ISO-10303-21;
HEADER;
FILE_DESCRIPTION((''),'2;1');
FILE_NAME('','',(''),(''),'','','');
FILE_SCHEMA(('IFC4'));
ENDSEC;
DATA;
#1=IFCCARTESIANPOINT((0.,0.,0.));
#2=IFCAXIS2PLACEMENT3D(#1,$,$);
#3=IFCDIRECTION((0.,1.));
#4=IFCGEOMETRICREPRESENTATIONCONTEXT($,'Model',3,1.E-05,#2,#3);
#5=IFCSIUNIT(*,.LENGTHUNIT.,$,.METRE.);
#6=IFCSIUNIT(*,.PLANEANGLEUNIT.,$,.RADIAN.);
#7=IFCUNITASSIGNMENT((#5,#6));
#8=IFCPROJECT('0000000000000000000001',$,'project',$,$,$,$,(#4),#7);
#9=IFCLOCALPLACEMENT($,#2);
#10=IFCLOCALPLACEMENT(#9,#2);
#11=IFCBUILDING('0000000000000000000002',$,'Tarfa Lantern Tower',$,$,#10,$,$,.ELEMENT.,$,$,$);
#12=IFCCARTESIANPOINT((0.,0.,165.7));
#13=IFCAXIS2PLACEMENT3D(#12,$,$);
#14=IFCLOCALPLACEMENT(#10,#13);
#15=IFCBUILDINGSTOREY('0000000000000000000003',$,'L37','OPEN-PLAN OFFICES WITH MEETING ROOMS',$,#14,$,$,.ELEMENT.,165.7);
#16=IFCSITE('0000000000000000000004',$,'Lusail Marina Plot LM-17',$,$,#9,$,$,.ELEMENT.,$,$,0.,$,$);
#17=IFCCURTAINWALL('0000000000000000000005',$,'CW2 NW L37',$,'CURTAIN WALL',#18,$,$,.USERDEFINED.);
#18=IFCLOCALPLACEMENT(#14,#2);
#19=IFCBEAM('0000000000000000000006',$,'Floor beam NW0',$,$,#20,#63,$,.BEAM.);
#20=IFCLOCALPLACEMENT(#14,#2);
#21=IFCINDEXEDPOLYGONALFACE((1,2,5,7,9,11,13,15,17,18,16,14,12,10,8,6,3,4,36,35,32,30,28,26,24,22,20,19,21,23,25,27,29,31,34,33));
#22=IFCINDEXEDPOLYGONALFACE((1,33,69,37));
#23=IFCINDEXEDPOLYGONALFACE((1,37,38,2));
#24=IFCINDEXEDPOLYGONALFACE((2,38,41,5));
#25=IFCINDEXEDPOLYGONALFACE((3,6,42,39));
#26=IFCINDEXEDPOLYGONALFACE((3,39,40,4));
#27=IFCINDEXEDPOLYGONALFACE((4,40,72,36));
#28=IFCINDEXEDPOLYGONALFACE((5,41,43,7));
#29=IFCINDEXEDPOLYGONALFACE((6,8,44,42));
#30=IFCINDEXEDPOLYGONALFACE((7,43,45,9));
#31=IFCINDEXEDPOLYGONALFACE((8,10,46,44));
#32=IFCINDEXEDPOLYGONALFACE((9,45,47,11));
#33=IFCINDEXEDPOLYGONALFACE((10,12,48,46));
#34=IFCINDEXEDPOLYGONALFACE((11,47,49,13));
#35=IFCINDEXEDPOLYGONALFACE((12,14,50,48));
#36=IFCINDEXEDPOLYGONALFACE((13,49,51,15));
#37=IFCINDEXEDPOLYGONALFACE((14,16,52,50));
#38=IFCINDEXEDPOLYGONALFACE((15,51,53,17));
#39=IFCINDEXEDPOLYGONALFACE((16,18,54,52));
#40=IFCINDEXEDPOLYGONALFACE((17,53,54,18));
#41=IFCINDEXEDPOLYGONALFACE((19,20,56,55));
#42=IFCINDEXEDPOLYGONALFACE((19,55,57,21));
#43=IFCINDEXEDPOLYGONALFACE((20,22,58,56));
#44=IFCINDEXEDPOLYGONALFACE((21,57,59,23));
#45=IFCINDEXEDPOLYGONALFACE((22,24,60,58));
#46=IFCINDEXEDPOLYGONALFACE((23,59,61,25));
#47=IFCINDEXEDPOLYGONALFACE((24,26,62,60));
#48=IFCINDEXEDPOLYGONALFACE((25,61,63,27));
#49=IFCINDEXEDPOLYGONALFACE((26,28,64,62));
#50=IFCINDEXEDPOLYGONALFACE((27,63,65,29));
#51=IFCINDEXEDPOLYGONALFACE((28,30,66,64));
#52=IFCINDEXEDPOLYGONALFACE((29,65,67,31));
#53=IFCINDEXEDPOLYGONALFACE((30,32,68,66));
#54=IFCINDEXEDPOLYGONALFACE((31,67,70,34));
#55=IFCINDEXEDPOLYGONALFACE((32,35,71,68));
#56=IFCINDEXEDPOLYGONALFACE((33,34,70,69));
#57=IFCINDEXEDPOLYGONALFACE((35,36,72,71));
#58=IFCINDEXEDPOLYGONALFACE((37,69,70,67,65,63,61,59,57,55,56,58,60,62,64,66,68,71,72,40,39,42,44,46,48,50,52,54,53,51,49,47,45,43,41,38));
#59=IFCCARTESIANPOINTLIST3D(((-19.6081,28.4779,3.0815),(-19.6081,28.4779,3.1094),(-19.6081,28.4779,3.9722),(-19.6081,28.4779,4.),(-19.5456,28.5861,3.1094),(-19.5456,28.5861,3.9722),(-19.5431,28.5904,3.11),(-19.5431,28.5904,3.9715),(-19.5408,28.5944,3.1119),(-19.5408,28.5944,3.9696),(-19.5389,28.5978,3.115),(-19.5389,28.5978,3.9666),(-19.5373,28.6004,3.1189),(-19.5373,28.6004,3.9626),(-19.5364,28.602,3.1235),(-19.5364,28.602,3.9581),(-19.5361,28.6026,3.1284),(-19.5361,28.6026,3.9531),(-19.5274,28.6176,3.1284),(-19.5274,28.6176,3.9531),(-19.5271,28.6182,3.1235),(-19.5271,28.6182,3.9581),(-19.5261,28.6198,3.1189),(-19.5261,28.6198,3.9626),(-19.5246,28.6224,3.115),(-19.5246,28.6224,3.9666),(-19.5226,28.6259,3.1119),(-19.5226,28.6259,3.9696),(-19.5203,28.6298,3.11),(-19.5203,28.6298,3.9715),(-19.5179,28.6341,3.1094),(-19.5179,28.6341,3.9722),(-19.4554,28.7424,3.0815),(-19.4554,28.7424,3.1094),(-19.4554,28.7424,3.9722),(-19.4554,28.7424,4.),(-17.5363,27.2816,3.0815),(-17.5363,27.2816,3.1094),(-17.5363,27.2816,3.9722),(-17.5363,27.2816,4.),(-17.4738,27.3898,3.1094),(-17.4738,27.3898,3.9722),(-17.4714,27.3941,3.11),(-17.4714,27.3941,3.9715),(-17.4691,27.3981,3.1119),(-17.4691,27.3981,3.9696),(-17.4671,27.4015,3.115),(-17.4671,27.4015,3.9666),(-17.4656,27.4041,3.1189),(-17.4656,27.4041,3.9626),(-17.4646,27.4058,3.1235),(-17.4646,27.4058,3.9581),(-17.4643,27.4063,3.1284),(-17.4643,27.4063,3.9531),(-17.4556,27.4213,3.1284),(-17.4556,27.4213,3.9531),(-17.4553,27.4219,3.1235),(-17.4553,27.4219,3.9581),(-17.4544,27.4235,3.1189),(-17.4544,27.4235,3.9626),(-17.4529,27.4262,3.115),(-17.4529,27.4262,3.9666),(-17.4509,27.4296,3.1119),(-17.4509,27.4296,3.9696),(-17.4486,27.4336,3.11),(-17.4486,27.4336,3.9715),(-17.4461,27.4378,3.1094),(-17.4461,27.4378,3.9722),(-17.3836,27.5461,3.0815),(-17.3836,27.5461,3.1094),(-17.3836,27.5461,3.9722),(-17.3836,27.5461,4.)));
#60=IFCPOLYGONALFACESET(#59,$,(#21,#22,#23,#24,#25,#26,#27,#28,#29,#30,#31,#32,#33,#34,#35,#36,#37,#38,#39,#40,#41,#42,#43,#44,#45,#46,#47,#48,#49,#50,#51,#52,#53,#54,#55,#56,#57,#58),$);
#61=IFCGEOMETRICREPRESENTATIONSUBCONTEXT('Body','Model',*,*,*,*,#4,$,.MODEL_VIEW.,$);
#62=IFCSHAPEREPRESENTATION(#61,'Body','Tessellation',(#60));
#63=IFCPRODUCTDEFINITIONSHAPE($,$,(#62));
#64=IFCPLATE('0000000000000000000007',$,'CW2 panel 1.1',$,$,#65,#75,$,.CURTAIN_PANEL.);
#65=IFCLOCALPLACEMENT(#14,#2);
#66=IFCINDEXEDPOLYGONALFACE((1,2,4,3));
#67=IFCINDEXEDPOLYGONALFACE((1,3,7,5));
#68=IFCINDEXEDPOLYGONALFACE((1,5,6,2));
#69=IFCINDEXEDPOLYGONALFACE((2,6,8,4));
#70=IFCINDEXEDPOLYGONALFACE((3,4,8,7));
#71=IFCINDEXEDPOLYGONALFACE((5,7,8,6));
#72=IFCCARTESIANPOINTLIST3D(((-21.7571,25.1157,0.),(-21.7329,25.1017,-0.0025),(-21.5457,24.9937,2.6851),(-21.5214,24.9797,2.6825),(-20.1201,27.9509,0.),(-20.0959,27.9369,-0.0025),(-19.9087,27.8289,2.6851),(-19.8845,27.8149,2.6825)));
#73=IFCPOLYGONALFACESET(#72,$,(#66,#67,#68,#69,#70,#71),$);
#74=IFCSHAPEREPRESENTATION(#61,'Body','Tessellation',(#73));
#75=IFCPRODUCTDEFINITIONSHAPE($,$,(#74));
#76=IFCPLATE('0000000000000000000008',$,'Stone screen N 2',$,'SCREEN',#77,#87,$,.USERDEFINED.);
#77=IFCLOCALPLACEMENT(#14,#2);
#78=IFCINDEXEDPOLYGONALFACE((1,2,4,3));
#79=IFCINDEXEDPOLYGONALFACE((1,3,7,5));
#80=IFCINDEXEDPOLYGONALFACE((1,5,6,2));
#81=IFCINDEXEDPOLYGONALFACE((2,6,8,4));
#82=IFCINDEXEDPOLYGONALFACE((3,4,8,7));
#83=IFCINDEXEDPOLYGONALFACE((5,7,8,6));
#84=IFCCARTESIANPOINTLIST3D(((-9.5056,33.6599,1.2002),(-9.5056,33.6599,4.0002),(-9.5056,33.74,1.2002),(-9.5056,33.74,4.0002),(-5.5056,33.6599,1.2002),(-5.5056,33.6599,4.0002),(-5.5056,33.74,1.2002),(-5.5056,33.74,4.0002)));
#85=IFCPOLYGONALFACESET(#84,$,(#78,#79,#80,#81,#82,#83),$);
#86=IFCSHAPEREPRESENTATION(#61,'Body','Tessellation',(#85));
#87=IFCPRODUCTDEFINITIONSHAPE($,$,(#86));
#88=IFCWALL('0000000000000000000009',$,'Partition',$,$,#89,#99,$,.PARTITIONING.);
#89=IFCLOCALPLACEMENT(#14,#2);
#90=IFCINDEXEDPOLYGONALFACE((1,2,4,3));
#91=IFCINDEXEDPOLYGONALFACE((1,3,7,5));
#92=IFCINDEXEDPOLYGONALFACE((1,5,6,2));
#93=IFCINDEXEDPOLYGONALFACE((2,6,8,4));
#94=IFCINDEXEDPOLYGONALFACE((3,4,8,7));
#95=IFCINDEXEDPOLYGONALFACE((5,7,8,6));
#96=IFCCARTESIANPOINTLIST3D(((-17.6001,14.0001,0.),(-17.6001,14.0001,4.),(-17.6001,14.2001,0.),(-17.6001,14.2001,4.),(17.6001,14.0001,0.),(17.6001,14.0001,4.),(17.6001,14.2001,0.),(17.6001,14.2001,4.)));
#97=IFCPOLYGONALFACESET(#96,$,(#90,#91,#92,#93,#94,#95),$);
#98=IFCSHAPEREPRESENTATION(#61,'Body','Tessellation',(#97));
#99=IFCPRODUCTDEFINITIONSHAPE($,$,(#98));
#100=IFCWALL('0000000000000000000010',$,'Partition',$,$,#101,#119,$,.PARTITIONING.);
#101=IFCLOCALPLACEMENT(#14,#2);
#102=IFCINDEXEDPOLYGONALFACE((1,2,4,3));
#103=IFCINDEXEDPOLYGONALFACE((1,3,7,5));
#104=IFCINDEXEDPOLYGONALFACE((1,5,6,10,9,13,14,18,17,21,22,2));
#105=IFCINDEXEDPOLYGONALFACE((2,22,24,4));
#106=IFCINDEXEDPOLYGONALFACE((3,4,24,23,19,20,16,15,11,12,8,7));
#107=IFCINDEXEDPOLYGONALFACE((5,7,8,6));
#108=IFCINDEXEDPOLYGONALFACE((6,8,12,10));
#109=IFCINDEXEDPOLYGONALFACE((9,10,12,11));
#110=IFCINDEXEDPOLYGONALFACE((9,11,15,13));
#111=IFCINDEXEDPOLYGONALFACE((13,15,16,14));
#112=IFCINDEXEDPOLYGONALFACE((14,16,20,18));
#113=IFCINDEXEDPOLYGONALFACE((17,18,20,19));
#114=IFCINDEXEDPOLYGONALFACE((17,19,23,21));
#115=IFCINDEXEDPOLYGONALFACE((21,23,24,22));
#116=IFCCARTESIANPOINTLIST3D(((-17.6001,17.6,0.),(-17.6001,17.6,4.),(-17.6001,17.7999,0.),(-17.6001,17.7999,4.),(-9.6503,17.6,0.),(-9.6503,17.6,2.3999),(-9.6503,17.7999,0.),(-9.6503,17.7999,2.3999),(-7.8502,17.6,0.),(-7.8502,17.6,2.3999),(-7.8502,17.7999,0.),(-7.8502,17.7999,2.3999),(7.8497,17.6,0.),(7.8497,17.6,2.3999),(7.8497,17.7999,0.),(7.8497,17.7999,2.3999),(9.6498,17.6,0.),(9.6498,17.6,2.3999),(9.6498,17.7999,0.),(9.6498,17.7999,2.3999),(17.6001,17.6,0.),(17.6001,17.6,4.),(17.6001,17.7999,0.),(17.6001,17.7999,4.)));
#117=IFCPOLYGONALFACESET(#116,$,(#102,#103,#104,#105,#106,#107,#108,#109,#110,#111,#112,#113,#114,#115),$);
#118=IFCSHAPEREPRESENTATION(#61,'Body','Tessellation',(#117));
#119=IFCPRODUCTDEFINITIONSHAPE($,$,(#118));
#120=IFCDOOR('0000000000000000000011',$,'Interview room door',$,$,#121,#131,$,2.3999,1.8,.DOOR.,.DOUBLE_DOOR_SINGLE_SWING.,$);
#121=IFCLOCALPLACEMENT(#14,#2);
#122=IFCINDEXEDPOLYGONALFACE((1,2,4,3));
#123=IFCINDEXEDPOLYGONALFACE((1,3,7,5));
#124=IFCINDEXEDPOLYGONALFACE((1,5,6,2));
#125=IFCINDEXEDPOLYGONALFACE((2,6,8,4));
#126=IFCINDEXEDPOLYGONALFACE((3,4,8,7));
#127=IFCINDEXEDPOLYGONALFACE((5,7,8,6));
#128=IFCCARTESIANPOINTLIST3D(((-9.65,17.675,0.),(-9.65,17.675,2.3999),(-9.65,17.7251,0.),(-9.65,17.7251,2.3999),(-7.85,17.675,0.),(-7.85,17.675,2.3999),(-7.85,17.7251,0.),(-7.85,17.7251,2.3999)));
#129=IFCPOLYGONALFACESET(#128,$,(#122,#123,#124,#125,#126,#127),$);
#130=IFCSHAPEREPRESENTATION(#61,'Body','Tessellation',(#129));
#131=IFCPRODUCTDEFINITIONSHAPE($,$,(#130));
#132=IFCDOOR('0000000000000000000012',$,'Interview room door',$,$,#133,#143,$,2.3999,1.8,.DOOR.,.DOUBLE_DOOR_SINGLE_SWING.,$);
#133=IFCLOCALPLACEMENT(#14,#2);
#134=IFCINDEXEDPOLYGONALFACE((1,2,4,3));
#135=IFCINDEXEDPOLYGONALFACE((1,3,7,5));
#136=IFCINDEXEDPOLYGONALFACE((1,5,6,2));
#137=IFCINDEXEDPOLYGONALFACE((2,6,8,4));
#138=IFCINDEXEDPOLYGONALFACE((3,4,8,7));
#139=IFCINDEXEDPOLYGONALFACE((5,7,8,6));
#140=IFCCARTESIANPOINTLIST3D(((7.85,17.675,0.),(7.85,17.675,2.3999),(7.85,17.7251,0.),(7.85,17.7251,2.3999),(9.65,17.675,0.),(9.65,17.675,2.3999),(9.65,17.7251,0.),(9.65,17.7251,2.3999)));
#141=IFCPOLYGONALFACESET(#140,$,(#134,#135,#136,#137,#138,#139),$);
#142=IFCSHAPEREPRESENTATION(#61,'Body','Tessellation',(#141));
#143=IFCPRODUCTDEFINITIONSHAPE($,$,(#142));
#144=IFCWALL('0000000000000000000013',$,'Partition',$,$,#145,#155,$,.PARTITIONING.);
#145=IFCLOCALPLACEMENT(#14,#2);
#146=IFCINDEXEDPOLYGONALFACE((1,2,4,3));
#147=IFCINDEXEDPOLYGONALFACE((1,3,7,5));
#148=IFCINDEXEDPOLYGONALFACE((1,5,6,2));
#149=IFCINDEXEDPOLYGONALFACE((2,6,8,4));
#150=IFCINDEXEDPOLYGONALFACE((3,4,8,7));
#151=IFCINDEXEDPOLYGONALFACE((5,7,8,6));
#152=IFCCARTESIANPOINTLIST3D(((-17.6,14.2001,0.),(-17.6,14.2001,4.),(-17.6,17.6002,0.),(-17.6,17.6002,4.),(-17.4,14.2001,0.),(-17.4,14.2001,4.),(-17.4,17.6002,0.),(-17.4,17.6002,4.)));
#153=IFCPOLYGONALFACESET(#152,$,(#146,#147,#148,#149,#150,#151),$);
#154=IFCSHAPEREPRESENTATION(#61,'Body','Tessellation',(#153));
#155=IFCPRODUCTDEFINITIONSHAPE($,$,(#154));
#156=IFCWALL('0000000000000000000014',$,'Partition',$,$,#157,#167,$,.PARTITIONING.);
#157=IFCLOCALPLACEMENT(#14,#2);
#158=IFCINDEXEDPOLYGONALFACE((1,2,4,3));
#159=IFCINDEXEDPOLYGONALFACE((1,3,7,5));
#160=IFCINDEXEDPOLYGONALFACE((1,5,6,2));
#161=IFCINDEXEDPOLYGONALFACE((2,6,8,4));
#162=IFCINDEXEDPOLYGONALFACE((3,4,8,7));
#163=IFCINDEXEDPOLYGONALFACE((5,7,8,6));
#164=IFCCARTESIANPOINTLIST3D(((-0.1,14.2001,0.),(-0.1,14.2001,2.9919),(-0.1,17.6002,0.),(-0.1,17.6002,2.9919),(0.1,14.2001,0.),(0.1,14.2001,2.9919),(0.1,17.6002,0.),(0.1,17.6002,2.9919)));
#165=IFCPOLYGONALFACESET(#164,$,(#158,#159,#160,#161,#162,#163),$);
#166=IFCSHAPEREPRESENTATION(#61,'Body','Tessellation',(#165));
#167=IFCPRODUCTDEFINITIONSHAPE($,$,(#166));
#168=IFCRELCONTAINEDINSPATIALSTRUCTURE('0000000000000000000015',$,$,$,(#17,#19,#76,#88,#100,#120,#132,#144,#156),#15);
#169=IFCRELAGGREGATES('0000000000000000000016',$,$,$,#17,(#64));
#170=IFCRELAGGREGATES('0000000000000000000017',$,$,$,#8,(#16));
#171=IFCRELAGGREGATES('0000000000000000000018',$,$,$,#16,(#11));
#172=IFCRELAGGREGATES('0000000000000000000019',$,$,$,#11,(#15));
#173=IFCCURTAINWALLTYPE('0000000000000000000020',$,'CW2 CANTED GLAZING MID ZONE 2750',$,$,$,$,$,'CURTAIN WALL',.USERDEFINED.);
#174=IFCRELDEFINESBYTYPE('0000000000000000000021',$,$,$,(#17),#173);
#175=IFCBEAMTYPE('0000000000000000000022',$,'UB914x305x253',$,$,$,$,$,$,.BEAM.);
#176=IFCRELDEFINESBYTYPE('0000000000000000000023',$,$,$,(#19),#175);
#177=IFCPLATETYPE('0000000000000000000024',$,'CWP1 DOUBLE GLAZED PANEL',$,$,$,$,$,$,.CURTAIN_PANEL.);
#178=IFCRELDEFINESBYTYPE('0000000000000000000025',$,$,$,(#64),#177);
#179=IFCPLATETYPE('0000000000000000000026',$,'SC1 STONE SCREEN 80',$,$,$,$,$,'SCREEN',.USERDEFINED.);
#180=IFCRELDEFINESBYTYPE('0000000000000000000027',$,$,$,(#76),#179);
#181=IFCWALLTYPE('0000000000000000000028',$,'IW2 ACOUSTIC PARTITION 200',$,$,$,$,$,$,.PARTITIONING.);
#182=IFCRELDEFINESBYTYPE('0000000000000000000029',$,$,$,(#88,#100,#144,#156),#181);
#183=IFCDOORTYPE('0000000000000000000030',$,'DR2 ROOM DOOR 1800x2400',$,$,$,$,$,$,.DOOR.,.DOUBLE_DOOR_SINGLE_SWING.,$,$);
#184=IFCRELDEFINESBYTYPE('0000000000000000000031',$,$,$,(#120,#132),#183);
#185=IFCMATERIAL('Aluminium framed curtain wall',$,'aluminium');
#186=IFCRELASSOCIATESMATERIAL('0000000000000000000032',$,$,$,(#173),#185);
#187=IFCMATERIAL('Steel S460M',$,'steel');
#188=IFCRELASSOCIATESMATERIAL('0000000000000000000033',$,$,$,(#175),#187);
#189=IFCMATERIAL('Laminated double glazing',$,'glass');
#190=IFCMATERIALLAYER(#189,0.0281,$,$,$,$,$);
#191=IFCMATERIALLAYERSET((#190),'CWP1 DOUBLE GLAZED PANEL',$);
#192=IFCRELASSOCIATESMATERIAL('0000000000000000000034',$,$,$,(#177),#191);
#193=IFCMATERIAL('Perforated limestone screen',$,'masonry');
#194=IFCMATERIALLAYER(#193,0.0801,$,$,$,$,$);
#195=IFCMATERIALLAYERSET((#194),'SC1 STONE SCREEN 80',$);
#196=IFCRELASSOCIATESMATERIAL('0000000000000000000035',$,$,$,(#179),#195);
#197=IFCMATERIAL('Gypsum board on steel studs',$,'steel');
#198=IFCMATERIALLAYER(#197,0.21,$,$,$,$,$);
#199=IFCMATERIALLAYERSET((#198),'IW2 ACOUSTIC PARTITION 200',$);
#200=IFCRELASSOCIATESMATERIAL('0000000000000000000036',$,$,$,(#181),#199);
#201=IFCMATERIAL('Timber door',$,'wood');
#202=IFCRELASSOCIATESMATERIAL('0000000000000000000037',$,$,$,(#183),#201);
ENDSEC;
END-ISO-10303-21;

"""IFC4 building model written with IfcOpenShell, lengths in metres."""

from ifc_helpers import new_model, si_unit, direction, frame, frame_2d, origin, origin_2d, place, context, subcontext, project, spatial, polyline, rectangle, i_section, outline, extrude, material, layer, layer_set, material_profile, profile_set, type_object, element, fill, aggregate, save


model = new_model("IFC4")

# Units and contexts
model_context = context("Model", 3, precision=1e-05, world=origin(), true_north=direction((0.0, 1.0)))
body_context = subcontext(model_context, "Body", "Model", "MODEL_VIEW")
ifc_project = project(units=[si_unit("LENGTHUNIT", "METRE"), si_unit("PLANEANGLEUNIT", "RADIAN")], contexts=[model_context])

# Site, building, storey
site_placement = place(None, origin())
site = spatial("IfcSite", under=ifc_project, at=site_placement, Name="Lusail Marina Plot LM-17", CompositionType="ELEMENT", RefElevation=0.0)
building_placement = place(site_placement, origin())
building = spatial("IfcBuilding", under=site, at=building_placement, Name="Tarfa Lantern Tower", CompositionType="ELEMENT")
storey_placement = place(building_placement, frame((0.0, 0.0, 165.7)))
storey = spatial("IfcBuildingStorey", under=building, at=storey_placement, Name="L37", Description="OPEN-PLAN OFFICES WITH MEETING ROOMS", CompositionType="ELEMENT", Elevation=165.7)

# Curtain wall
ifc_material_1 = material(Name="Aluminium framed curtain wall", Category="aluminium")
curtain_wall_type = type_object("IfcCurtainWallType", Name="CW2 CANTED GLAZING MID ZONE 2750", ElementType="CURTAIN WALL", PredefinedType="USERDEFINED", material=ifc_material_1)
curtain_wall_placement = place(storey_placement, origin())
curtain_wall = element("IfcCurtainWall", 1, at=curtain_wall_placement, inside=storey, type_object=curtain_wall_type, Name="CW2 NW L37", ObjectType="CURTAIN WALL", PredefinedType="USERDEFINED")

# Beam
ifc_material_2 = material(Name="Steel S460M", Category="steel")
ifc_material_profile_1 = material_profile(ifc_material_2, i_section(OverallWidth=0.3054, OverallDepth=0.9185, WebThickness=0.0173, FlangeThickness=0.0278, FilletRadius=0.019, at=origin_2d()), Name="UB914x305x253")
ifc_profile_set_1 = profile_set([ifc_material_profile_1], Name="Steel S460M")
beam_type_1 = type_object("IfcBeamType", Name="UB914x305x253", PredefinedType="BEAM", material=ifc_profile_set_1)
beam_1_placement = place(storey_placement, frame((-19.5317, 28.6101, 3.5408), z_axis=(0.865999, -0.500046, 0.0), x_axis=(0.500046, 0.865999, 0.0)))
element("IfcBeam", 2, at=beam_1_placement, inside=storey, type_object=beam_type_1, Name="Floor beam NW0", PredefinedType="BEAM", context=body_context, shape_type="SweptSolid", body=[
    extrude(i_section(OverallWidth=0.3054, OverallDepth=0.9185, WebThickness=0.0173, FlangeThickness=0.0278, FilletRadius=0.019, at=origin_2d()), origin(), (0.0, 0.0, 1.0), 2.3923),
])

# Plates
ifc_material_3 = material(Name="Laminated double glazing", Category="glass")
ifc_layer_1 = layer(ifc_material_3, 0.0281)
ifc_layer_set_1 = layer_set([ifc_layer_1], Name="CWP1 DOUBLE GLAZED PANEL")
plate_type_1 = type_object("IfcPlateType", Name="CWP1 DOUBLE GLAZED PANEL", PredefinedType="CURTAIN_PANEL", material=ifc_layer_set_1)
plate_1_placement = place(storey_placement, frame((-20.1201, 27.9509, 0.0), z_axis=(-0.86246, 0.497959, 0.09055), x_axis=(-0.500013, -0.866018, 0.0)))
plate_1 = element("IfcPlate", 3, at=plate_1_placement, type_object=plate_type_1, Name="CW2 panel 1.1", PredefinedType="CURTAIN_PANEL", context=body_context, shape_type="SweptSolid", body=[
    extrude(outline(polyline([(0.0, 0.0), (3.2738, 0.0), (3.2738, 2.6961), (0.0, 2.6961), (0.0, 0.0)])), origin(), (0.0, 0.0, -1.0), 0.0281),
])
aggregate(curtain_wall, [plate_1])
ifc_material_4 = material(Name="Perforated limestone screen", Category="masonry")
ifc_layer_2 = layer(ifc_material_4, 0.0801)
ifc_layer_set_2 = layer_set([ifc_layer_2], Name="SC1 STONE SCREEN 80")
plate_type_2 = type_object("IfcPlateType", Name="SC1 STONE SCREEN 80", ElementType="SCREEN", PredefinedType="USERDEFINED", material=ifc_layer_set_2)
plate_2_placement = place(storey_placement, frame((-7.5056, 33.7, 1.2002), z_axis=(0.0, 0.0, 1.0), x_axis=(-1.0, 0.0, 0.0)))
element("IfcPlate", 4, at=plate_2_placement, inside=storey, type_object=plate_type_2, Name="Stone screen N 2", ObjectType="SCREEN", PredefinedType="USERDEFINED", context=body_context, shape_type="SweptSolid", body=[
    extrude(rectangle(XDim=4.0, YDim=0.0801, at=origin_2d()), origin(), (0.0, 0.0, 1.0), 2.8),
])

# Wall
ifc_material_5 = material(Name="Gypsum board on steel studs", Category="steel")
ifc_layer_3 = layer(ifc_material_5, 0.21)
ifc_layer_set_3 = layer_set([ifc_layer_3], Name="IW2 ACOUSTIC PARTITION 200")
wall_type = type_object("IfcWallType", Name="IW2 ACOUSTIC PARTITION 200", PredefinedType="PARTITIONING", material=ifc_layer_set_3)
wall_1_placement = place(storey_placement, frame((-17.6001, 14.1001, 0.0), z_axis=(0.0, 0.0, 1.0), x_axis=(1.0, 0.0, 0.0)))
element("IfcWall", 5, at=wall_1_placement, inside=storey, type_object=wall_type, Name="Partition", PredefinedType="PARTITIONING", context=body_context, shape_type="SweptSolid", body=[
    extrude(rectangle(XDim=35.2002, YDim=0.2, at=frame_2d((17.6001, 0.0))), origin(), (0.0, 0.0, 1.0), 4.0),
])

# Wall, openings, doors
wall_2_placement = place(storey_placement, frame((-17.6001, 17.7, 0.0), z_axis=(0.0, 0.0, 1.0), x_axis=(1.0, 0.0, 0.0)))
wall_2 = element("IfcWall", 6, at=wall_2_placement, inside=storey, type_object=wall_type, Name="Partition", PredefinedType="PARTITIONING", context=body_context, shape_type="SweptSolid", body=[
    extrude(rectangle(XDim=35.2002, YDim=0.2, at=frame_2d((17.6001, 0.0))), origin(), (0.0, 0.0, 1.0), 4.0),
])
opening_1_placement = place(wall_2_placement, frame((7.95, 0.0, 0.0)))
opening_1 = element("IfcOpeningElement", 7, at=opening_1_placement, cuts=wall_2, PredefinedType="OPENING", context=body_context, shape_type="SweptSolid", body=[
    extrude(rectangle(XDim=1.8, YDim=2.3999, at=frame_2d((0.8999, 1.2))), frame((0.0, 0.1099, 0.0), z_axis=(0.0, -1.0, 0.0), x_axis=(1.0, 0.0, 0.0)), (0.0, 0.0, 1.0), 0.22),
])
opening_2_placement = place(wall_2_placement, frame((25.45, 0.0, 0.0)))
opening_2 = element("IfcOpeningElement", 8, at=opening_2_placement, cuts=wall_2, PredefinedType="OPENING", context=body_context, shape_type="SweptSolid", body=[
    extrude(rectangle(XDim=1.8, YDim=2.3999, at=frame_2d((0.8999, 1.2))), frame((0.0, 0.1099, 0.0), z_axis=(0.0, -1.0, 0.0), x_axis=(1.0, 0.0, 0.0)), (0.0, 0.0, 1.0), 0.22),
])
ifc_material_6 = material(Name="Timber door", Category="wood")
door_type = type_object("IfcDoorType", Name="DR2 ROOM DOOR 1800x2400", OperationType="DOUBLE_DOOR_SINGLE_SWING", PredefinedType="DOOR", material=ifc_material_6)
door_1_placement = place(opening_1_placement, frame((1.8, 0.0, 0.0), z_axis=(0.0, 0.0, 1.0), x_axis=(-1.0, 0.0, 0.0)))
door_1 = element("IfcDoor", 9, at=door_1_placement, inside=storey, type_object=door_type, Name="Interview room door", OperationType="DOUBLE_DOOR_SINGLE_SWING", OverallHeight=2.3999, OverallWidth=1.8, PredefinedType="DOOR", context=body_context, shape_type="SweptSolid", body=[
    extrude(rectangle(XDim=1.8, YDim=2.3999, at=frame_2d((0.8999, 1.2))), frame((0.0, 0.0249, 0.0), z_axis=(0.0, -1.0, 0.0), x_axis=(1.0, 0.0, 0.0)), (0.0, 0.0, 1.0), 0.05),
])
fill(opening_1, door_1)
door_2_placement = place(opening_2_placement, frame((1.8, 0.0, 0.0), z_axis=(0.0, 0.0, 1.0), x_axis=(-1.0, 0.0, 0.0)))
door_2 = element("IfcDoor", 10, at=door_2_placement, inside=storey, type_object=door_type, Name="Interview room door", OperationType="DOUBLE_DOOR_SINGLE_SWING", OverallHeight=2.3999, OverallWidth=1.8, PredefinedType="DOOR", context=body_context, shape_type="SweptSolid", body=[
    extrude(rectangle(XDim=1.8, YDim=2.3999, at=frame_2d((0.8999, 1.2))), frame((0.0, 0.0249, 0.0), z_axis=(0.0, -1.0, 0.0), x_axis=(1.0, 0.0, 0.0)), (0.0, 0.0, 1.0), 0.05),
])
fill(opening_2, door_2)

# Walls
wall_3_placement = place(storey_placement, frame((-17.5, 14.2, 0.0), z_axis=(0.0, 0.0, 1.0), x_axis=(0.0, 1.0, 0.0)))
element("IfcWall", 11, at=wall_3_placement, inside=storey, type_object=wall_type, Name="Partition", PredefinedType="PARTITIONING", context=body_context, shape_type="SweptSolid", body=[
    extrude(rectangle(XDim=3.4001, YDim=0.2, at=frame_2d((1.7002, 0.0))), origin(), (0.0, 0.0, 1.0), 4.0),
])
wall_4_placement = place(storey_placement, frame((0.0, 14.2, 0.0), z_axis=(0.0, 0.0, 1.0), x_axis=(0.0, 1.0, 0.0)))
element("IfcWall", 12, at=wall_4_placement, inside=storey, type_object=wall_type, Name="Partition", PredefinedType="PARTITIONING", context=body_context, shape_type="SweptSolid", body=[
    extrude(rectangle(XDim=3.4001, YDim=0.2, at=frame_2d((1.7002, 0.0))), origin(), (0.0, 0.0, 1.0), 2.9919),
])

save(model, "model.ifc")
